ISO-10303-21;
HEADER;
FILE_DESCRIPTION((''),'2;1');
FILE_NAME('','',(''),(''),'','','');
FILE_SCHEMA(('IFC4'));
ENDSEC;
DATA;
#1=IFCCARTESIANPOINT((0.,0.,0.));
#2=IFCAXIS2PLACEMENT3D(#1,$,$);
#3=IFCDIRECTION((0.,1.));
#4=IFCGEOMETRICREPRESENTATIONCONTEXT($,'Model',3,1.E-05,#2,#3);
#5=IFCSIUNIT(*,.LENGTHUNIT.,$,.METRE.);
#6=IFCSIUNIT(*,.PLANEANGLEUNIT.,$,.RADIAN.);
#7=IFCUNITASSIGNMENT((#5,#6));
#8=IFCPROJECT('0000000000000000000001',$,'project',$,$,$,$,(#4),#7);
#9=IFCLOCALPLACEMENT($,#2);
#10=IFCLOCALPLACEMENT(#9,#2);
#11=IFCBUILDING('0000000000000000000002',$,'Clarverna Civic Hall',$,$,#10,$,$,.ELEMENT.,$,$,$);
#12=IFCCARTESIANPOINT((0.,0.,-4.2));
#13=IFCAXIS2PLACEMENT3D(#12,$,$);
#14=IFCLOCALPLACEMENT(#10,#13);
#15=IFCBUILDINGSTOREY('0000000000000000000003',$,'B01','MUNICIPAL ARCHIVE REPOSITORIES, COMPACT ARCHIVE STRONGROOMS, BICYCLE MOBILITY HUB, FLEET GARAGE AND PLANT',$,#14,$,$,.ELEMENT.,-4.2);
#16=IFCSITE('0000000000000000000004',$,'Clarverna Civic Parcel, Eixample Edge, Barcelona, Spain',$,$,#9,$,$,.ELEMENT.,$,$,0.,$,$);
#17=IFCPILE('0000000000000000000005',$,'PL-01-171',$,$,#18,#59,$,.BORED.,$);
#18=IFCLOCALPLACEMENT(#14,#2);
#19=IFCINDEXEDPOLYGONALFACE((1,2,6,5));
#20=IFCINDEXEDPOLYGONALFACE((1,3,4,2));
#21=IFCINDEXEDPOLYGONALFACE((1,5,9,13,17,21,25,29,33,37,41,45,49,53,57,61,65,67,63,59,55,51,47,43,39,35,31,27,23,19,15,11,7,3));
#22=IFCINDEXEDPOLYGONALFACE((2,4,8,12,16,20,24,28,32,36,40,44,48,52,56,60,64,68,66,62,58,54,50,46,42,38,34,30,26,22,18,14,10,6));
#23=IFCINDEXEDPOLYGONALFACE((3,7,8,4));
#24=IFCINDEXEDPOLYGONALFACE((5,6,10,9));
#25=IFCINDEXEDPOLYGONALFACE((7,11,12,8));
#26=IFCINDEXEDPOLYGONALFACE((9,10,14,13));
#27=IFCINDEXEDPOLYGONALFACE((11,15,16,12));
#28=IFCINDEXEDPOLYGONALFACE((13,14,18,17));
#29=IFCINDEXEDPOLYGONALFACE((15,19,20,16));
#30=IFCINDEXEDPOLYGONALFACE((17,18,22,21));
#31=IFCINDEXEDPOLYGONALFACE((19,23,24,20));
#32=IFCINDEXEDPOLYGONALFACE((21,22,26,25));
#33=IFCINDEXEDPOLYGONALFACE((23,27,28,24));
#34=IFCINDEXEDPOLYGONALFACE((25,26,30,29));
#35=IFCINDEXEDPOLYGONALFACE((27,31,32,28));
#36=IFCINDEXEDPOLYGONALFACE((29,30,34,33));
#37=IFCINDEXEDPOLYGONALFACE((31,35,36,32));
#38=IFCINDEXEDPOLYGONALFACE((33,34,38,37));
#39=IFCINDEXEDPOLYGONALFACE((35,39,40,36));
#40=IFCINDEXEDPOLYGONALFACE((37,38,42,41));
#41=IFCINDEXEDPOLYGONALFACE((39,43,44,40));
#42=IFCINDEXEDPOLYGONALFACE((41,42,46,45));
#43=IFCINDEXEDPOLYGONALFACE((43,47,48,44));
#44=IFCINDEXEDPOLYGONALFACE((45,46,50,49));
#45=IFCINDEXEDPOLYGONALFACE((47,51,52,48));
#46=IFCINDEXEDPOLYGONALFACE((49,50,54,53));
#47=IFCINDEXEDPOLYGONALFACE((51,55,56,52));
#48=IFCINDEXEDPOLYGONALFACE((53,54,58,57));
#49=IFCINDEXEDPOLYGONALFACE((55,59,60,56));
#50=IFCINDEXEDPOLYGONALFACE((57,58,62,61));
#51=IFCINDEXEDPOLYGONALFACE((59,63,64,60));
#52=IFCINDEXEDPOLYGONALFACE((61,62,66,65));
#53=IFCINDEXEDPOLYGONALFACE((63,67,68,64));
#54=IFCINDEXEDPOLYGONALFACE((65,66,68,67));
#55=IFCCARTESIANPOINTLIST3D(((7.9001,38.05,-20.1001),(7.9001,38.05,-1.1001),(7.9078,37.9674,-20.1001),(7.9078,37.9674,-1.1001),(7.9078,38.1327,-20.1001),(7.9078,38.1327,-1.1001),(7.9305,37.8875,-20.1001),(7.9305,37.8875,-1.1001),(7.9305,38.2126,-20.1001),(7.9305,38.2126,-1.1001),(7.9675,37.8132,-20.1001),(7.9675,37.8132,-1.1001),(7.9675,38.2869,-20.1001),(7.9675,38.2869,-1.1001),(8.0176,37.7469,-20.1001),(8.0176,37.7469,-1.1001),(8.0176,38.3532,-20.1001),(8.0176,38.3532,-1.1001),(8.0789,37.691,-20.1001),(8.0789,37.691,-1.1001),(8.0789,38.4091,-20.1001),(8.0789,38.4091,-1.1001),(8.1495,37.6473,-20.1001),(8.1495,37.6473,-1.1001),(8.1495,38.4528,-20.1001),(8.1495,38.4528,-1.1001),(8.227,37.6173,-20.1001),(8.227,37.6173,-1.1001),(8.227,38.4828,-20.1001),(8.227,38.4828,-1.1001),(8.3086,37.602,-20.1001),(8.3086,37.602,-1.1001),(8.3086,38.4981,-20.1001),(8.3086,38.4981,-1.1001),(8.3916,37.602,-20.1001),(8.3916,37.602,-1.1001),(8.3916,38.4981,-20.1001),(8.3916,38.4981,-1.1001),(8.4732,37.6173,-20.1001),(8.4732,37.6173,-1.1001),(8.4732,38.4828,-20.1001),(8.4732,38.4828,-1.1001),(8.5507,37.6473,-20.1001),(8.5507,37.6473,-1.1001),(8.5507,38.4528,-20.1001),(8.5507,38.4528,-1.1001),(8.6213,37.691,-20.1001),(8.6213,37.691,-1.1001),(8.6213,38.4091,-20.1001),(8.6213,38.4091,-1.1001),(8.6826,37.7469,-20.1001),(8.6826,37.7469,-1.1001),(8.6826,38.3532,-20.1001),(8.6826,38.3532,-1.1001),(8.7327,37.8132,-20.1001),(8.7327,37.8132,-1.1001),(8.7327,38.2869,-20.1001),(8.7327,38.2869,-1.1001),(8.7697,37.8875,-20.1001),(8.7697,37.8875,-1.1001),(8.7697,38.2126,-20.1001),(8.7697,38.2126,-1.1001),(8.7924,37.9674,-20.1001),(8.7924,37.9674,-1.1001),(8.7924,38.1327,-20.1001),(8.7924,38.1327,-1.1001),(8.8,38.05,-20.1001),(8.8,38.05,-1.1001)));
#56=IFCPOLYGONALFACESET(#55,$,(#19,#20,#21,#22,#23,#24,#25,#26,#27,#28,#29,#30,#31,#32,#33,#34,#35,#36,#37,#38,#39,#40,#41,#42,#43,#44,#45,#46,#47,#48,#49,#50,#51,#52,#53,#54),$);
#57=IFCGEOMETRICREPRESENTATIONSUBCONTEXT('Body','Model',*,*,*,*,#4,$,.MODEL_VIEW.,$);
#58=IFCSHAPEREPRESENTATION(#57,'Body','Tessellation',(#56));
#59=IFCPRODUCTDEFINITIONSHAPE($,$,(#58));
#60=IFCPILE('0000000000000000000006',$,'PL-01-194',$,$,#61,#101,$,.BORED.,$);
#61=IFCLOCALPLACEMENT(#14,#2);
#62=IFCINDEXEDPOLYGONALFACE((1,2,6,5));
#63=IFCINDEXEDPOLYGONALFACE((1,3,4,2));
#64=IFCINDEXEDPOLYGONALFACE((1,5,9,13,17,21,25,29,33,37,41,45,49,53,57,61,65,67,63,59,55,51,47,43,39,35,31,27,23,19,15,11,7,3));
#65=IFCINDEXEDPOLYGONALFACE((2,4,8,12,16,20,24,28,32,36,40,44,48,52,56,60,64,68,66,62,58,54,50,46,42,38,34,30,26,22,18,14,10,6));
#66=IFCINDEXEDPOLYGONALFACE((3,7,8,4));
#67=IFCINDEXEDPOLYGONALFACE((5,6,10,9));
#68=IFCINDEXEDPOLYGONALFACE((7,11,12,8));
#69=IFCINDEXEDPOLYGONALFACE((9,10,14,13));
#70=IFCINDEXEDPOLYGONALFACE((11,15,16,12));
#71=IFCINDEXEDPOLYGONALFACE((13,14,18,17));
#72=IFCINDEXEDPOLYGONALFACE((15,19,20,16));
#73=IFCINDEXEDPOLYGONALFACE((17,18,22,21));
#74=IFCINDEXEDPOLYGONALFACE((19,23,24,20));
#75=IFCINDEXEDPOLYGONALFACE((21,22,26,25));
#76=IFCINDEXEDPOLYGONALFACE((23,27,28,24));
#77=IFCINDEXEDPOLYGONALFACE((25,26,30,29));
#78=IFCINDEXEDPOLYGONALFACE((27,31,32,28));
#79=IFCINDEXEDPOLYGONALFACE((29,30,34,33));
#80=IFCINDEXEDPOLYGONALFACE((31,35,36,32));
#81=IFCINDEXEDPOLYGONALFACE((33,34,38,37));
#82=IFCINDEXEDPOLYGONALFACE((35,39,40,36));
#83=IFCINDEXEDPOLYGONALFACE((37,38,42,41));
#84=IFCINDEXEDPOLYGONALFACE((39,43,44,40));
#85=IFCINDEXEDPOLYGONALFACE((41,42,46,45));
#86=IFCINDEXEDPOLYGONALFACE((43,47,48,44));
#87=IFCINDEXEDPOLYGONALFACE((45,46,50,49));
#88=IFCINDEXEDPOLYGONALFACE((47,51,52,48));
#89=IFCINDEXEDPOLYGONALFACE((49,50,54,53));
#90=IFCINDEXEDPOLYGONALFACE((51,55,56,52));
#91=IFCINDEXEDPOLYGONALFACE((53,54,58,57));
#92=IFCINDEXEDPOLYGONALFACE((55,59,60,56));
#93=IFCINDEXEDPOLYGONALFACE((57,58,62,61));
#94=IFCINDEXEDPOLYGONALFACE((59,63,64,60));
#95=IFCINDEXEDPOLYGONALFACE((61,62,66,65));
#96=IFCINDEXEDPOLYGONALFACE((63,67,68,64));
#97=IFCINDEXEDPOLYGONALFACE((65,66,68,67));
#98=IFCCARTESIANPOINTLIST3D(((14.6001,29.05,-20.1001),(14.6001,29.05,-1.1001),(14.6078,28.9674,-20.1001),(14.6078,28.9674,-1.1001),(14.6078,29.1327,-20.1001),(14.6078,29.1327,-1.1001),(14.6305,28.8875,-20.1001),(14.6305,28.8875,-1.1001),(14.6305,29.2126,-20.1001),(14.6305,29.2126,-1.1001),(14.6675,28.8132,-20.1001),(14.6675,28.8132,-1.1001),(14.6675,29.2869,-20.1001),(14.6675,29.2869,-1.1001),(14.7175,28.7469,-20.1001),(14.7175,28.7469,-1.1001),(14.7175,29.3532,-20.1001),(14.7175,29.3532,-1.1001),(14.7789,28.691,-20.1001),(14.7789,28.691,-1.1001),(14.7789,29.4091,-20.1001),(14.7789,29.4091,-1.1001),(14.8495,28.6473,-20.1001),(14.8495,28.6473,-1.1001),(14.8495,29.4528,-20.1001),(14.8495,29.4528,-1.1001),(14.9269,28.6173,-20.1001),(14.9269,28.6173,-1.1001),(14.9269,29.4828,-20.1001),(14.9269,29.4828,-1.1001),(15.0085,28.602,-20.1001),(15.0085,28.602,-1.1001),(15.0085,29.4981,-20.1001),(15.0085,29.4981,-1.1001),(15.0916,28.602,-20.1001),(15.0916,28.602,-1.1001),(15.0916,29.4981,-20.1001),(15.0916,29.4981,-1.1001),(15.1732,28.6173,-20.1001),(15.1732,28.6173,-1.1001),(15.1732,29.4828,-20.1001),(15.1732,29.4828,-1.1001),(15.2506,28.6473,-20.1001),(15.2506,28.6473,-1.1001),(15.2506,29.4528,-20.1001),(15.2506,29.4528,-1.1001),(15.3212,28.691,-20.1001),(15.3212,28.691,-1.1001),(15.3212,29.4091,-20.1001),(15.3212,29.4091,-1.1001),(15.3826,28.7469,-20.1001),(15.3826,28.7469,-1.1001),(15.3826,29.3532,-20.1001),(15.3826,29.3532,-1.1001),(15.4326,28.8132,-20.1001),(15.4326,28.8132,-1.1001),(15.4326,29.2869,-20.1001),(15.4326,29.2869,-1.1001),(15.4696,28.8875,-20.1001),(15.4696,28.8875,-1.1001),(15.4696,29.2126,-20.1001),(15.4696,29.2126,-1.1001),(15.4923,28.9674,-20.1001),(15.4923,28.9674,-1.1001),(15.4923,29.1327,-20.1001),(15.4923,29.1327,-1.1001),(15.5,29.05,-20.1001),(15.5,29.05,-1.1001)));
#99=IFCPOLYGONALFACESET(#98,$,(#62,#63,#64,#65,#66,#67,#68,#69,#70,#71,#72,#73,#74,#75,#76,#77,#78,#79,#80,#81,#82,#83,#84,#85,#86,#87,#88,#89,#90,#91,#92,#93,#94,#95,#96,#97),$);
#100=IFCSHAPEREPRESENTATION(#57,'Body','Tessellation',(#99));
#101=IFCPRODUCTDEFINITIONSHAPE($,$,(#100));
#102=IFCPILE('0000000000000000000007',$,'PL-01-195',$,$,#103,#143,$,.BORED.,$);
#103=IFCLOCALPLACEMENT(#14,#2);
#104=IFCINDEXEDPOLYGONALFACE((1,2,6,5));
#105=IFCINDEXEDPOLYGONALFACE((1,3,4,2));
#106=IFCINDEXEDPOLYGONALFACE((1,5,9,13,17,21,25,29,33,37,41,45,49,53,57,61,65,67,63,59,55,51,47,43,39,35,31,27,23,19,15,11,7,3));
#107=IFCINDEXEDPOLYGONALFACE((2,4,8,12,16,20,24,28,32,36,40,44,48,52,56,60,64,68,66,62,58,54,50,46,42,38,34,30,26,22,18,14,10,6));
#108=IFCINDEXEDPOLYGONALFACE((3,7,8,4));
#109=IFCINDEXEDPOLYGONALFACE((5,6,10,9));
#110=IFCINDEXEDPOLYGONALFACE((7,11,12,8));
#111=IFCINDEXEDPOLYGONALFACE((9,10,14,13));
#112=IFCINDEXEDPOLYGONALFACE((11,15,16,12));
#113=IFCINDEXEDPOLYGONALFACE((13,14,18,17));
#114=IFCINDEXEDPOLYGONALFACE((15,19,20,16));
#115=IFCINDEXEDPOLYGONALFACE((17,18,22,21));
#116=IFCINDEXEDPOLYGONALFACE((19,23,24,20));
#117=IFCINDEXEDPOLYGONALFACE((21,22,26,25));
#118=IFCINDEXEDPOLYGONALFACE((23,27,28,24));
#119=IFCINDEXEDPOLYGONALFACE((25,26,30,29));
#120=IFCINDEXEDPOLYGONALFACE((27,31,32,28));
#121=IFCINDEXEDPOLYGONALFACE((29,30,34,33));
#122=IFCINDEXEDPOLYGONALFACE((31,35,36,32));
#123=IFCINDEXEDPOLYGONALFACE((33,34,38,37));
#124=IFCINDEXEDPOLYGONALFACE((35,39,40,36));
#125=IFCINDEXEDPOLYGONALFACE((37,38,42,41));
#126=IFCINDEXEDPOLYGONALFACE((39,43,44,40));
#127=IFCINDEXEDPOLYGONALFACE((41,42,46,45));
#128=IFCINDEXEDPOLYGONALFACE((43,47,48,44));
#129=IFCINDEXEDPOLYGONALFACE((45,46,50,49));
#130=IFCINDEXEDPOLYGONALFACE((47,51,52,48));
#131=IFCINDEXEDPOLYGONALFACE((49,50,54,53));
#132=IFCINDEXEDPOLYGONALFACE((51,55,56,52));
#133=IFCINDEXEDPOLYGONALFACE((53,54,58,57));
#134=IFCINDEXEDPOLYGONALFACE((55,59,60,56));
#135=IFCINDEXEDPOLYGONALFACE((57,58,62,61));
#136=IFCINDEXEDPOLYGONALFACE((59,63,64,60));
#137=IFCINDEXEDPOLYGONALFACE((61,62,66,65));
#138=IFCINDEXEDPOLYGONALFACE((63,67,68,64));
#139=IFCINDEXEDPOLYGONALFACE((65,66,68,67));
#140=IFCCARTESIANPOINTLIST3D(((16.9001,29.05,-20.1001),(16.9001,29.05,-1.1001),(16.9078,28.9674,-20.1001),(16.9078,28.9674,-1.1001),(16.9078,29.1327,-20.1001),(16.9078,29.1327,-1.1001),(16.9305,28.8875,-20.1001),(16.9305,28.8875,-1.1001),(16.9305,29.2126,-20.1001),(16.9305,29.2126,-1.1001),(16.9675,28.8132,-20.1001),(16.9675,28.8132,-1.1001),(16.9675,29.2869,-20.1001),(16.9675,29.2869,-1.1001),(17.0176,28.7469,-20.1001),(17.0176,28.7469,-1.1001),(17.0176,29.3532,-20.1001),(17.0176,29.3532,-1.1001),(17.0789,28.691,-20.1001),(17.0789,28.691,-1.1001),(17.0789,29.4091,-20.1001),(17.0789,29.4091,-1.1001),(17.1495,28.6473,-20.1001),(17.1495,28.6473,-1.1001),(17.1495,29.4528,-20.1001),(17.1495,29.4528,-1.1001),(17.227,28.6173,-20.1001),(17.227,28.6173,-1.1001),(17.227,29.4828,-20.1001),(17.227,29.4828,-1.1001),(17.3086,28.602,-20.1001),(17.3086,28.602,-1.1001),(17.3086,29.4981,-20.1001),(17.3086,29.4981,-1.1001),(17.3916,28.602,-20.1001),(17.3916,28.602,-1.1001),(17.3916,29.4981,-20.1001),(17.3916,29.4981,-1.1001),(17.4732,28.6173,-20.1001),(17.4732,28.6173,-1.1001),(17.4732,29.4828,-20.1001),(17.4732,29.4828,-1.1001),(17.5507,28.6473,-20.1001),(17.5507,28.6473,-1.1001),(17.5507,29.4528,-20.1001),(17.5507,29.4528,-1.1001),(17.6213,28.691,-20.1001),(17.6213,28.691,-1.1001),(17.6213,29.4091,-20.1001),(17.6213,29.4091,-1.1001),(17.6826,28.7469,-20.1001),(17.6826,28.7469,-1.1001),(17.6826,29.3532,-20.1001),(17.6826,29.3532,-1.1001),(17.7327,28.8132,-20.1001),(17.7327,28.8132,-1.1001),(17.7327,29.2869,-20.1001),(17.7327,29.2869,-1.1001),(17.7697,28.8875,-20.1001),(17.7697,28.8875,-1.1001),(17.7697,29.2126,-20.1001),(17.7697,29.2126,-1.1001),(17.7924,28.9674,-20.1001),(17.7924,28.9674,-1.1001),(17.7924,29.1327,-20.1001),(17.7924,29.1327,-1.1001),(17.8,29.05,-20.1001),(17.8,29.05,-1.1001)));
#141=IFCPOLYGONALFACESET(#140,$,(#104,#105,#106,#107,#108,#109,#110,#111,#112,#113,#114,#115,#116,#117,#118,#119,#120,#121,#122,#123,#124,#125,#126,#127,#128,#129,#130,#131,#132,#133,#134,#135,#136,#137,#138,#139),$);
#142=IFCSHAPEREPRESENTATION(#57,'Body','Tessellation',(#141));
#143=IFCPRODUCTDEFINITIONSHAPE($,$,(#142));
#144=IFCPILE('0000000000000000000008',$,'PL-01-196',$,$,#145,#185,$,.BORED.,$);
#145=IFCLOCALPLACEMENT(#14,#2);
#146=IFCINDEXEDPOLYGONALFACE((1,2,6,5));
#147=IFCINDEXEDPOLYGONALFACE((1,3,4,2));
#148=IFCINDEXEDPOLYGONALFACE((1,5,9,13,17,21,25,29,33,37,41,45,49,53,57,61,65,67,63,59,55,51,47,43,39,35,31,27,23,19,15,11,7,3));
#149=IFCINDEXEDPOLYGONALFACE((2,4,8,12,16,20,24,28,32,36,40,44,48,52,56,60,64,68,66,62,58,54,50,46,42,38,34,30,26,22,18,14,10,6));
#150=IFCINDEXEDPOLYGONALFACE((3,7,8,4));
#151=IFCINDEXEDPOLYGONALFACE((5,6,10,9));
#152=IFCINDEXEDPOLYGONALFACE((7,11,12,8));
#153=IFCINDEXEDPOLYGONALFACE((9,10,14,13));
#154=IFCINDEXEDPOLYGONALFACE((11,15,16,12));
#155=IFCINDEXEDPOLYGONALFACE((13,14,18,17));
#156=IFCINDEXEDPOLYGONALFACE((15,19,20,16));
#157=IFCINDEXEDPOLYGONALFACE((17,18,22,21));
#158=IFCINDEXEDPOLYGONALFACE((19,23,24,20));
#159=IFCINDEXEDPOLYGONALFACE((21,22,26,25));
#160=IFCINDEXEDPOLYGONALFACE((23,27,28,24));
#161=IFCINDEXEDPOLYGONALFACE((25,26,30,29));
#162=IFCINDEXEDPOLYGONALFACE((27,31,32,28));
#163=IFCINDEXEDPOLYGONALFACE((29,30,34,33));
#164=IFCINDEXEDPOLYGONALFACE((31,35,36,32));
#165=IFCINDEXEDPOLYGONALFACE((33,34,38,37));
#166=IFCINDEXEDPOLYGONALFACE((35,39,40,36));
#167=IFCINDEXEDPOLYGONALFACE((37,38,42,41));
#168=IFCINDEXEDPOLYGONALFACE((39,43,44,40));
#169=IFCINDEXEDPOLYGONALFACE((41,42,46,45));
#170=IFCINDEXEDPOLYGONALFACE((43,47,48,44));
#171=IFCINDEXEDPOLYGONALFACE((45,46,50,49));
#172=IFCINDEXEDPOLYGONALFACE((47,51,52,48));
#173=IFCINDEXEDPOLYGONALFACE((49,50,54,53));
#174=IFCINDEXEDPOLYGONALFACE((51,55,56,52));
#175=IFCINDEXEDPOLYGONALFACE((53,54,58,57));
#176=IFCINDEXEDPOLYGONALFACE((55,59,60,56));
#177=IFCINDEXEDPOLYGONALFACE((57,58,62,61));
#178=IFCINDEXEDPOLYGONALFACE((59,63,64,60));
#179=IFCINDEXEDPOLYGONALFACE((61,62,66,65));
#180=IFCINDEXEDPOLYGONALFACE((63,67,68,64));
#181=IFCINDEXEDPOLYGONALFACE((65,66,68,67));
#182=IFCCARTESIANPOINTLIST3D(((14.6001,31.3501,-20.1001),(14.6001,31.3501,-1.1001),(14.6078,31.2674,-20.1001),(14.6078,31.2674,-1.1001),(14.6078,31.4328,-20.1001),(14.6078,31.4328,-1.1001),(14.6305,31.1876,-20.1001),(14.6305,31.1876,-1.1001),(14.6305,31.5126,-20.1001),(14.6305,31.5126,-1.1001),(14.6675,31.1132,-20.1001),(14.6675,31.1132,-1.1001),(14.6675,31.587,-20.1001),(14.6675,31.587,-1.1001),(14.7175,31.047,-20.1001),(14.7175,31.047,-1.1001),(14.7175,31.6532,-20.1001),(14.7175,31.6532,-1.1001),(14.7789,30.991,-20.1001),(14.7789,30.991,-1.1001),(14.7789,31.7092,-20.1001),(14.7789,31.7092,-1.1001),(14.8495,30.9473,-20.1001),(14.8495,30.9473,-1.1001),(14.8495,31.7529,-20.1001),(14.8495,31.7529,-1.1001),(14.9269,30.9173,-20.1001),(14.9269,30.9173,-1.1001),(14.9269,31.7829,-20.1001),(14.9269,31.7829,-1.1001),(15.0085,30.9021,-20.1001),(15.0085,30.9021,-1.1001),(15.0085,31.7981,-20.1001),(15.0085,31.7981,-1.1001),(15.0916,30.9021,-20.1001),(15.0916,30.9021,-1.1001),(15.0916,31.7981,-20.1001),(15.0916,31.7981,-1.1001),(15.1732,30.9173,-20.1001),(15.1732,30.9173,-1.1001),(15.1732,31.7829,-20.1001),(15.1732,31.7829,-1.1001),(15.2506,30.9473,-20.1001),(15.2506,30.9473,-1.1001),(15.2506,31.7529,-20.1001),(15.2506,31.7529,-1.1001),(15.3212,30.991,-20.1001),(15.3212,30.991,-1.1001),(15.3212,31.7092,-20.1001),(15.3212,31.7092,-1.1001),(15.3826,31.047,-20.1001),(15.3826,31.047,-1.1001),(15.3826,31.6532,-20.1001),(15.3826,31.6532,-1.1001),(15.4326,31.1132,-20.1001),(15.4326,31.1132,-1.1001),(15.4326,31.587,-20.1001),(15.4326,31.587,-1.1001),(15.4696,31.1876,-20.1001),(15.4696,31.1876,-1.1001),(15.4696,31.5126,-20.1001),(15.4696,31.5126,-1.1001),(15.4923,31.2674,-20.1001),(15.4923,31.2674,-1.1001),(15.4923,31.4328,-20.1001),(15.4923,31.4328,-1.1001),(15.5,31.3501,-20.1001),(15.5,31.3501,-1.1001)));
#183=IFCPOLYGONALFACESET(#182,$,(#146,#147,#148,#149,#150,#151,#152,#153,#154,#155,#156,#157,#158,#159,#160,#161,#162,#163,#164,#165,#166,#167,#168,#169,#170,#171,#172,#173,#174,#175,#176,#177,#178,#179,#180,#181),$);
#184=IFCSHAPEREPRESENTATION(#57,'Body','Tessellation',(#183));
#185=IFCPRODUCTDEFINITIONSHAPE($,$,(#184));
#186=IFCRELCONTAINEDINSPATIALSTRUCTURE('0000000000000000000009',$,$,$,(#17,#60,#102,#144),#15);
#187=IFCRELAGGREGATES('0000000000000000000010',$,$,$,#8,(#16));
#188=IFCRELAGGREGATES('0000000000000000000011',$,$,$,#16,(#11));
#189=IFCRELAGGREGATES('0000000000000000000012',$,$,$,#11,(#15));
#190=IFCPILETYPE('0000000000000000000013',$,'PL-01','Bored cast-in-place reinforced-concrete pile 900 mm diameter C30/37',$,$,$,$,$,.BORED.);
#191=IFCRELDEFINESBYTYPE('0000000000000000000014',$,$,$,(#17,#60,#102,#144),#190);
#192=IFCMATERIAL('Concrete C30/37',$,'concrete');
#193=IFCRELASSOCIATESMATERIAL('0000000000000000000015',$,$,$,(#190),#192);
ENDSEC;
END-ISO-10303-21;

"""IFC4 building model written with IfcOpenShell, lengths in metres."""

from ifc_helpers import new_model, si_unit, direction, frame, origin, origin_2d, place, context, subcontext, project, spatial, circle, extrude, material, material_profile, profile_set, type_object, element, save


model = new_model("IFC4")

# Units and contexts
model_context = context("Model", 3, precision=1e-05, world=origin(), true_north=direction((0.0, 1.0)))
body_context = subcontext(model_context, "Body", "Model", "MODEL_VIEW")
ifc_project = project(units=[si_unit("LENGTHUNIT", "METRE"), si_unit("PLANEANGLEUNIT", "RADIAN")], contexts=[model_context])

# Site, building, storey
site_placement = place(None, origin())
site = spatial("IfcSite", under=ifc_project, at=site_placement, Name="Clarverna Civic Parcel, Eixample Edge, Barcelona, Spain", CompositionType="ELEMENT", RefElevation=0.0)
building_placement = place(site_placement, origin())
building = spatial("IfcBuilding", under=site, at=building_placement, Name="Clarverna Civic Hall", CompositionType="ELEMENT")
storey_placement = place(building_placement, frame((0.0, 0.0, -4.2)))
storey = spatial("IfcBuildingStorey", under=building, at=storey_placement, Name="B01", Description="MUNICIPAL ARCHIVE REPOSITORIES, COMPACT ARCHIVE STRONGROOMS, BICYCLE MOBILITY HUB, FLEET GARAGE AND PLANT", CompositionType="ELEMENT", Elevation=-4.2)

# Shared definitions
ifc_material_1 = material(Name="Concrete C30/37", Category="concrete")

# Piles
ifc_material_profile_1 = material_profile(ifc_material_1, circle(Radius=0.45, at=origin_2d()), Name="BORED PILE D900")
ifc_profile_set_1 = profile_set([ifc_material_profile_1], Name="Concrete C30/37")
pile_type_1 = type_object("IfcPileType", Name="PL-01", Description="Bored cast-in-place reinforced-concrete pile 900 mm diameter C30/37", PredefinedType="BORED", material=ifc_profile_set_1)
for number, where, z_axis, x_axis, name in (
    (1, (8.3501, 38.05, -1.1001), (0.0, 0.0, -1.0), (1.0, 0.0, 0.0), "PL-01-171"),
    (2, (15.05, 29.05, -1.1001), (0.0, 0.0, -1.0), (1.0, 0.0, 0.0), "PL-01-194"),
    (3, (17.3501, 29.05, -1.1001), (0.0, 0.0, -1.0), (1.0, 0.0, 0.0), "PL-01-195"),
    (4, (15.05, 31.3501, -1.1001), (0.0, 0.0, -1.0), (1.0, 0.0, 0.0), "PL-01-196"),
):
    element("IfcPile", number, at=place(storey_placement, frame(where, z_axis=z_axis, x_axis=x_axis)), inside=storey, type_object=pile_type_1, Name=name, PredefinedType="BORED", context=body_context, shape_type="SweptSolid", body=[
        extrude(circle(Radius=0.45, at=origin_2d()), origin(), (0.0, 0.0, 1.0), 19.0),
    ])

save(model, "model.ifc")
